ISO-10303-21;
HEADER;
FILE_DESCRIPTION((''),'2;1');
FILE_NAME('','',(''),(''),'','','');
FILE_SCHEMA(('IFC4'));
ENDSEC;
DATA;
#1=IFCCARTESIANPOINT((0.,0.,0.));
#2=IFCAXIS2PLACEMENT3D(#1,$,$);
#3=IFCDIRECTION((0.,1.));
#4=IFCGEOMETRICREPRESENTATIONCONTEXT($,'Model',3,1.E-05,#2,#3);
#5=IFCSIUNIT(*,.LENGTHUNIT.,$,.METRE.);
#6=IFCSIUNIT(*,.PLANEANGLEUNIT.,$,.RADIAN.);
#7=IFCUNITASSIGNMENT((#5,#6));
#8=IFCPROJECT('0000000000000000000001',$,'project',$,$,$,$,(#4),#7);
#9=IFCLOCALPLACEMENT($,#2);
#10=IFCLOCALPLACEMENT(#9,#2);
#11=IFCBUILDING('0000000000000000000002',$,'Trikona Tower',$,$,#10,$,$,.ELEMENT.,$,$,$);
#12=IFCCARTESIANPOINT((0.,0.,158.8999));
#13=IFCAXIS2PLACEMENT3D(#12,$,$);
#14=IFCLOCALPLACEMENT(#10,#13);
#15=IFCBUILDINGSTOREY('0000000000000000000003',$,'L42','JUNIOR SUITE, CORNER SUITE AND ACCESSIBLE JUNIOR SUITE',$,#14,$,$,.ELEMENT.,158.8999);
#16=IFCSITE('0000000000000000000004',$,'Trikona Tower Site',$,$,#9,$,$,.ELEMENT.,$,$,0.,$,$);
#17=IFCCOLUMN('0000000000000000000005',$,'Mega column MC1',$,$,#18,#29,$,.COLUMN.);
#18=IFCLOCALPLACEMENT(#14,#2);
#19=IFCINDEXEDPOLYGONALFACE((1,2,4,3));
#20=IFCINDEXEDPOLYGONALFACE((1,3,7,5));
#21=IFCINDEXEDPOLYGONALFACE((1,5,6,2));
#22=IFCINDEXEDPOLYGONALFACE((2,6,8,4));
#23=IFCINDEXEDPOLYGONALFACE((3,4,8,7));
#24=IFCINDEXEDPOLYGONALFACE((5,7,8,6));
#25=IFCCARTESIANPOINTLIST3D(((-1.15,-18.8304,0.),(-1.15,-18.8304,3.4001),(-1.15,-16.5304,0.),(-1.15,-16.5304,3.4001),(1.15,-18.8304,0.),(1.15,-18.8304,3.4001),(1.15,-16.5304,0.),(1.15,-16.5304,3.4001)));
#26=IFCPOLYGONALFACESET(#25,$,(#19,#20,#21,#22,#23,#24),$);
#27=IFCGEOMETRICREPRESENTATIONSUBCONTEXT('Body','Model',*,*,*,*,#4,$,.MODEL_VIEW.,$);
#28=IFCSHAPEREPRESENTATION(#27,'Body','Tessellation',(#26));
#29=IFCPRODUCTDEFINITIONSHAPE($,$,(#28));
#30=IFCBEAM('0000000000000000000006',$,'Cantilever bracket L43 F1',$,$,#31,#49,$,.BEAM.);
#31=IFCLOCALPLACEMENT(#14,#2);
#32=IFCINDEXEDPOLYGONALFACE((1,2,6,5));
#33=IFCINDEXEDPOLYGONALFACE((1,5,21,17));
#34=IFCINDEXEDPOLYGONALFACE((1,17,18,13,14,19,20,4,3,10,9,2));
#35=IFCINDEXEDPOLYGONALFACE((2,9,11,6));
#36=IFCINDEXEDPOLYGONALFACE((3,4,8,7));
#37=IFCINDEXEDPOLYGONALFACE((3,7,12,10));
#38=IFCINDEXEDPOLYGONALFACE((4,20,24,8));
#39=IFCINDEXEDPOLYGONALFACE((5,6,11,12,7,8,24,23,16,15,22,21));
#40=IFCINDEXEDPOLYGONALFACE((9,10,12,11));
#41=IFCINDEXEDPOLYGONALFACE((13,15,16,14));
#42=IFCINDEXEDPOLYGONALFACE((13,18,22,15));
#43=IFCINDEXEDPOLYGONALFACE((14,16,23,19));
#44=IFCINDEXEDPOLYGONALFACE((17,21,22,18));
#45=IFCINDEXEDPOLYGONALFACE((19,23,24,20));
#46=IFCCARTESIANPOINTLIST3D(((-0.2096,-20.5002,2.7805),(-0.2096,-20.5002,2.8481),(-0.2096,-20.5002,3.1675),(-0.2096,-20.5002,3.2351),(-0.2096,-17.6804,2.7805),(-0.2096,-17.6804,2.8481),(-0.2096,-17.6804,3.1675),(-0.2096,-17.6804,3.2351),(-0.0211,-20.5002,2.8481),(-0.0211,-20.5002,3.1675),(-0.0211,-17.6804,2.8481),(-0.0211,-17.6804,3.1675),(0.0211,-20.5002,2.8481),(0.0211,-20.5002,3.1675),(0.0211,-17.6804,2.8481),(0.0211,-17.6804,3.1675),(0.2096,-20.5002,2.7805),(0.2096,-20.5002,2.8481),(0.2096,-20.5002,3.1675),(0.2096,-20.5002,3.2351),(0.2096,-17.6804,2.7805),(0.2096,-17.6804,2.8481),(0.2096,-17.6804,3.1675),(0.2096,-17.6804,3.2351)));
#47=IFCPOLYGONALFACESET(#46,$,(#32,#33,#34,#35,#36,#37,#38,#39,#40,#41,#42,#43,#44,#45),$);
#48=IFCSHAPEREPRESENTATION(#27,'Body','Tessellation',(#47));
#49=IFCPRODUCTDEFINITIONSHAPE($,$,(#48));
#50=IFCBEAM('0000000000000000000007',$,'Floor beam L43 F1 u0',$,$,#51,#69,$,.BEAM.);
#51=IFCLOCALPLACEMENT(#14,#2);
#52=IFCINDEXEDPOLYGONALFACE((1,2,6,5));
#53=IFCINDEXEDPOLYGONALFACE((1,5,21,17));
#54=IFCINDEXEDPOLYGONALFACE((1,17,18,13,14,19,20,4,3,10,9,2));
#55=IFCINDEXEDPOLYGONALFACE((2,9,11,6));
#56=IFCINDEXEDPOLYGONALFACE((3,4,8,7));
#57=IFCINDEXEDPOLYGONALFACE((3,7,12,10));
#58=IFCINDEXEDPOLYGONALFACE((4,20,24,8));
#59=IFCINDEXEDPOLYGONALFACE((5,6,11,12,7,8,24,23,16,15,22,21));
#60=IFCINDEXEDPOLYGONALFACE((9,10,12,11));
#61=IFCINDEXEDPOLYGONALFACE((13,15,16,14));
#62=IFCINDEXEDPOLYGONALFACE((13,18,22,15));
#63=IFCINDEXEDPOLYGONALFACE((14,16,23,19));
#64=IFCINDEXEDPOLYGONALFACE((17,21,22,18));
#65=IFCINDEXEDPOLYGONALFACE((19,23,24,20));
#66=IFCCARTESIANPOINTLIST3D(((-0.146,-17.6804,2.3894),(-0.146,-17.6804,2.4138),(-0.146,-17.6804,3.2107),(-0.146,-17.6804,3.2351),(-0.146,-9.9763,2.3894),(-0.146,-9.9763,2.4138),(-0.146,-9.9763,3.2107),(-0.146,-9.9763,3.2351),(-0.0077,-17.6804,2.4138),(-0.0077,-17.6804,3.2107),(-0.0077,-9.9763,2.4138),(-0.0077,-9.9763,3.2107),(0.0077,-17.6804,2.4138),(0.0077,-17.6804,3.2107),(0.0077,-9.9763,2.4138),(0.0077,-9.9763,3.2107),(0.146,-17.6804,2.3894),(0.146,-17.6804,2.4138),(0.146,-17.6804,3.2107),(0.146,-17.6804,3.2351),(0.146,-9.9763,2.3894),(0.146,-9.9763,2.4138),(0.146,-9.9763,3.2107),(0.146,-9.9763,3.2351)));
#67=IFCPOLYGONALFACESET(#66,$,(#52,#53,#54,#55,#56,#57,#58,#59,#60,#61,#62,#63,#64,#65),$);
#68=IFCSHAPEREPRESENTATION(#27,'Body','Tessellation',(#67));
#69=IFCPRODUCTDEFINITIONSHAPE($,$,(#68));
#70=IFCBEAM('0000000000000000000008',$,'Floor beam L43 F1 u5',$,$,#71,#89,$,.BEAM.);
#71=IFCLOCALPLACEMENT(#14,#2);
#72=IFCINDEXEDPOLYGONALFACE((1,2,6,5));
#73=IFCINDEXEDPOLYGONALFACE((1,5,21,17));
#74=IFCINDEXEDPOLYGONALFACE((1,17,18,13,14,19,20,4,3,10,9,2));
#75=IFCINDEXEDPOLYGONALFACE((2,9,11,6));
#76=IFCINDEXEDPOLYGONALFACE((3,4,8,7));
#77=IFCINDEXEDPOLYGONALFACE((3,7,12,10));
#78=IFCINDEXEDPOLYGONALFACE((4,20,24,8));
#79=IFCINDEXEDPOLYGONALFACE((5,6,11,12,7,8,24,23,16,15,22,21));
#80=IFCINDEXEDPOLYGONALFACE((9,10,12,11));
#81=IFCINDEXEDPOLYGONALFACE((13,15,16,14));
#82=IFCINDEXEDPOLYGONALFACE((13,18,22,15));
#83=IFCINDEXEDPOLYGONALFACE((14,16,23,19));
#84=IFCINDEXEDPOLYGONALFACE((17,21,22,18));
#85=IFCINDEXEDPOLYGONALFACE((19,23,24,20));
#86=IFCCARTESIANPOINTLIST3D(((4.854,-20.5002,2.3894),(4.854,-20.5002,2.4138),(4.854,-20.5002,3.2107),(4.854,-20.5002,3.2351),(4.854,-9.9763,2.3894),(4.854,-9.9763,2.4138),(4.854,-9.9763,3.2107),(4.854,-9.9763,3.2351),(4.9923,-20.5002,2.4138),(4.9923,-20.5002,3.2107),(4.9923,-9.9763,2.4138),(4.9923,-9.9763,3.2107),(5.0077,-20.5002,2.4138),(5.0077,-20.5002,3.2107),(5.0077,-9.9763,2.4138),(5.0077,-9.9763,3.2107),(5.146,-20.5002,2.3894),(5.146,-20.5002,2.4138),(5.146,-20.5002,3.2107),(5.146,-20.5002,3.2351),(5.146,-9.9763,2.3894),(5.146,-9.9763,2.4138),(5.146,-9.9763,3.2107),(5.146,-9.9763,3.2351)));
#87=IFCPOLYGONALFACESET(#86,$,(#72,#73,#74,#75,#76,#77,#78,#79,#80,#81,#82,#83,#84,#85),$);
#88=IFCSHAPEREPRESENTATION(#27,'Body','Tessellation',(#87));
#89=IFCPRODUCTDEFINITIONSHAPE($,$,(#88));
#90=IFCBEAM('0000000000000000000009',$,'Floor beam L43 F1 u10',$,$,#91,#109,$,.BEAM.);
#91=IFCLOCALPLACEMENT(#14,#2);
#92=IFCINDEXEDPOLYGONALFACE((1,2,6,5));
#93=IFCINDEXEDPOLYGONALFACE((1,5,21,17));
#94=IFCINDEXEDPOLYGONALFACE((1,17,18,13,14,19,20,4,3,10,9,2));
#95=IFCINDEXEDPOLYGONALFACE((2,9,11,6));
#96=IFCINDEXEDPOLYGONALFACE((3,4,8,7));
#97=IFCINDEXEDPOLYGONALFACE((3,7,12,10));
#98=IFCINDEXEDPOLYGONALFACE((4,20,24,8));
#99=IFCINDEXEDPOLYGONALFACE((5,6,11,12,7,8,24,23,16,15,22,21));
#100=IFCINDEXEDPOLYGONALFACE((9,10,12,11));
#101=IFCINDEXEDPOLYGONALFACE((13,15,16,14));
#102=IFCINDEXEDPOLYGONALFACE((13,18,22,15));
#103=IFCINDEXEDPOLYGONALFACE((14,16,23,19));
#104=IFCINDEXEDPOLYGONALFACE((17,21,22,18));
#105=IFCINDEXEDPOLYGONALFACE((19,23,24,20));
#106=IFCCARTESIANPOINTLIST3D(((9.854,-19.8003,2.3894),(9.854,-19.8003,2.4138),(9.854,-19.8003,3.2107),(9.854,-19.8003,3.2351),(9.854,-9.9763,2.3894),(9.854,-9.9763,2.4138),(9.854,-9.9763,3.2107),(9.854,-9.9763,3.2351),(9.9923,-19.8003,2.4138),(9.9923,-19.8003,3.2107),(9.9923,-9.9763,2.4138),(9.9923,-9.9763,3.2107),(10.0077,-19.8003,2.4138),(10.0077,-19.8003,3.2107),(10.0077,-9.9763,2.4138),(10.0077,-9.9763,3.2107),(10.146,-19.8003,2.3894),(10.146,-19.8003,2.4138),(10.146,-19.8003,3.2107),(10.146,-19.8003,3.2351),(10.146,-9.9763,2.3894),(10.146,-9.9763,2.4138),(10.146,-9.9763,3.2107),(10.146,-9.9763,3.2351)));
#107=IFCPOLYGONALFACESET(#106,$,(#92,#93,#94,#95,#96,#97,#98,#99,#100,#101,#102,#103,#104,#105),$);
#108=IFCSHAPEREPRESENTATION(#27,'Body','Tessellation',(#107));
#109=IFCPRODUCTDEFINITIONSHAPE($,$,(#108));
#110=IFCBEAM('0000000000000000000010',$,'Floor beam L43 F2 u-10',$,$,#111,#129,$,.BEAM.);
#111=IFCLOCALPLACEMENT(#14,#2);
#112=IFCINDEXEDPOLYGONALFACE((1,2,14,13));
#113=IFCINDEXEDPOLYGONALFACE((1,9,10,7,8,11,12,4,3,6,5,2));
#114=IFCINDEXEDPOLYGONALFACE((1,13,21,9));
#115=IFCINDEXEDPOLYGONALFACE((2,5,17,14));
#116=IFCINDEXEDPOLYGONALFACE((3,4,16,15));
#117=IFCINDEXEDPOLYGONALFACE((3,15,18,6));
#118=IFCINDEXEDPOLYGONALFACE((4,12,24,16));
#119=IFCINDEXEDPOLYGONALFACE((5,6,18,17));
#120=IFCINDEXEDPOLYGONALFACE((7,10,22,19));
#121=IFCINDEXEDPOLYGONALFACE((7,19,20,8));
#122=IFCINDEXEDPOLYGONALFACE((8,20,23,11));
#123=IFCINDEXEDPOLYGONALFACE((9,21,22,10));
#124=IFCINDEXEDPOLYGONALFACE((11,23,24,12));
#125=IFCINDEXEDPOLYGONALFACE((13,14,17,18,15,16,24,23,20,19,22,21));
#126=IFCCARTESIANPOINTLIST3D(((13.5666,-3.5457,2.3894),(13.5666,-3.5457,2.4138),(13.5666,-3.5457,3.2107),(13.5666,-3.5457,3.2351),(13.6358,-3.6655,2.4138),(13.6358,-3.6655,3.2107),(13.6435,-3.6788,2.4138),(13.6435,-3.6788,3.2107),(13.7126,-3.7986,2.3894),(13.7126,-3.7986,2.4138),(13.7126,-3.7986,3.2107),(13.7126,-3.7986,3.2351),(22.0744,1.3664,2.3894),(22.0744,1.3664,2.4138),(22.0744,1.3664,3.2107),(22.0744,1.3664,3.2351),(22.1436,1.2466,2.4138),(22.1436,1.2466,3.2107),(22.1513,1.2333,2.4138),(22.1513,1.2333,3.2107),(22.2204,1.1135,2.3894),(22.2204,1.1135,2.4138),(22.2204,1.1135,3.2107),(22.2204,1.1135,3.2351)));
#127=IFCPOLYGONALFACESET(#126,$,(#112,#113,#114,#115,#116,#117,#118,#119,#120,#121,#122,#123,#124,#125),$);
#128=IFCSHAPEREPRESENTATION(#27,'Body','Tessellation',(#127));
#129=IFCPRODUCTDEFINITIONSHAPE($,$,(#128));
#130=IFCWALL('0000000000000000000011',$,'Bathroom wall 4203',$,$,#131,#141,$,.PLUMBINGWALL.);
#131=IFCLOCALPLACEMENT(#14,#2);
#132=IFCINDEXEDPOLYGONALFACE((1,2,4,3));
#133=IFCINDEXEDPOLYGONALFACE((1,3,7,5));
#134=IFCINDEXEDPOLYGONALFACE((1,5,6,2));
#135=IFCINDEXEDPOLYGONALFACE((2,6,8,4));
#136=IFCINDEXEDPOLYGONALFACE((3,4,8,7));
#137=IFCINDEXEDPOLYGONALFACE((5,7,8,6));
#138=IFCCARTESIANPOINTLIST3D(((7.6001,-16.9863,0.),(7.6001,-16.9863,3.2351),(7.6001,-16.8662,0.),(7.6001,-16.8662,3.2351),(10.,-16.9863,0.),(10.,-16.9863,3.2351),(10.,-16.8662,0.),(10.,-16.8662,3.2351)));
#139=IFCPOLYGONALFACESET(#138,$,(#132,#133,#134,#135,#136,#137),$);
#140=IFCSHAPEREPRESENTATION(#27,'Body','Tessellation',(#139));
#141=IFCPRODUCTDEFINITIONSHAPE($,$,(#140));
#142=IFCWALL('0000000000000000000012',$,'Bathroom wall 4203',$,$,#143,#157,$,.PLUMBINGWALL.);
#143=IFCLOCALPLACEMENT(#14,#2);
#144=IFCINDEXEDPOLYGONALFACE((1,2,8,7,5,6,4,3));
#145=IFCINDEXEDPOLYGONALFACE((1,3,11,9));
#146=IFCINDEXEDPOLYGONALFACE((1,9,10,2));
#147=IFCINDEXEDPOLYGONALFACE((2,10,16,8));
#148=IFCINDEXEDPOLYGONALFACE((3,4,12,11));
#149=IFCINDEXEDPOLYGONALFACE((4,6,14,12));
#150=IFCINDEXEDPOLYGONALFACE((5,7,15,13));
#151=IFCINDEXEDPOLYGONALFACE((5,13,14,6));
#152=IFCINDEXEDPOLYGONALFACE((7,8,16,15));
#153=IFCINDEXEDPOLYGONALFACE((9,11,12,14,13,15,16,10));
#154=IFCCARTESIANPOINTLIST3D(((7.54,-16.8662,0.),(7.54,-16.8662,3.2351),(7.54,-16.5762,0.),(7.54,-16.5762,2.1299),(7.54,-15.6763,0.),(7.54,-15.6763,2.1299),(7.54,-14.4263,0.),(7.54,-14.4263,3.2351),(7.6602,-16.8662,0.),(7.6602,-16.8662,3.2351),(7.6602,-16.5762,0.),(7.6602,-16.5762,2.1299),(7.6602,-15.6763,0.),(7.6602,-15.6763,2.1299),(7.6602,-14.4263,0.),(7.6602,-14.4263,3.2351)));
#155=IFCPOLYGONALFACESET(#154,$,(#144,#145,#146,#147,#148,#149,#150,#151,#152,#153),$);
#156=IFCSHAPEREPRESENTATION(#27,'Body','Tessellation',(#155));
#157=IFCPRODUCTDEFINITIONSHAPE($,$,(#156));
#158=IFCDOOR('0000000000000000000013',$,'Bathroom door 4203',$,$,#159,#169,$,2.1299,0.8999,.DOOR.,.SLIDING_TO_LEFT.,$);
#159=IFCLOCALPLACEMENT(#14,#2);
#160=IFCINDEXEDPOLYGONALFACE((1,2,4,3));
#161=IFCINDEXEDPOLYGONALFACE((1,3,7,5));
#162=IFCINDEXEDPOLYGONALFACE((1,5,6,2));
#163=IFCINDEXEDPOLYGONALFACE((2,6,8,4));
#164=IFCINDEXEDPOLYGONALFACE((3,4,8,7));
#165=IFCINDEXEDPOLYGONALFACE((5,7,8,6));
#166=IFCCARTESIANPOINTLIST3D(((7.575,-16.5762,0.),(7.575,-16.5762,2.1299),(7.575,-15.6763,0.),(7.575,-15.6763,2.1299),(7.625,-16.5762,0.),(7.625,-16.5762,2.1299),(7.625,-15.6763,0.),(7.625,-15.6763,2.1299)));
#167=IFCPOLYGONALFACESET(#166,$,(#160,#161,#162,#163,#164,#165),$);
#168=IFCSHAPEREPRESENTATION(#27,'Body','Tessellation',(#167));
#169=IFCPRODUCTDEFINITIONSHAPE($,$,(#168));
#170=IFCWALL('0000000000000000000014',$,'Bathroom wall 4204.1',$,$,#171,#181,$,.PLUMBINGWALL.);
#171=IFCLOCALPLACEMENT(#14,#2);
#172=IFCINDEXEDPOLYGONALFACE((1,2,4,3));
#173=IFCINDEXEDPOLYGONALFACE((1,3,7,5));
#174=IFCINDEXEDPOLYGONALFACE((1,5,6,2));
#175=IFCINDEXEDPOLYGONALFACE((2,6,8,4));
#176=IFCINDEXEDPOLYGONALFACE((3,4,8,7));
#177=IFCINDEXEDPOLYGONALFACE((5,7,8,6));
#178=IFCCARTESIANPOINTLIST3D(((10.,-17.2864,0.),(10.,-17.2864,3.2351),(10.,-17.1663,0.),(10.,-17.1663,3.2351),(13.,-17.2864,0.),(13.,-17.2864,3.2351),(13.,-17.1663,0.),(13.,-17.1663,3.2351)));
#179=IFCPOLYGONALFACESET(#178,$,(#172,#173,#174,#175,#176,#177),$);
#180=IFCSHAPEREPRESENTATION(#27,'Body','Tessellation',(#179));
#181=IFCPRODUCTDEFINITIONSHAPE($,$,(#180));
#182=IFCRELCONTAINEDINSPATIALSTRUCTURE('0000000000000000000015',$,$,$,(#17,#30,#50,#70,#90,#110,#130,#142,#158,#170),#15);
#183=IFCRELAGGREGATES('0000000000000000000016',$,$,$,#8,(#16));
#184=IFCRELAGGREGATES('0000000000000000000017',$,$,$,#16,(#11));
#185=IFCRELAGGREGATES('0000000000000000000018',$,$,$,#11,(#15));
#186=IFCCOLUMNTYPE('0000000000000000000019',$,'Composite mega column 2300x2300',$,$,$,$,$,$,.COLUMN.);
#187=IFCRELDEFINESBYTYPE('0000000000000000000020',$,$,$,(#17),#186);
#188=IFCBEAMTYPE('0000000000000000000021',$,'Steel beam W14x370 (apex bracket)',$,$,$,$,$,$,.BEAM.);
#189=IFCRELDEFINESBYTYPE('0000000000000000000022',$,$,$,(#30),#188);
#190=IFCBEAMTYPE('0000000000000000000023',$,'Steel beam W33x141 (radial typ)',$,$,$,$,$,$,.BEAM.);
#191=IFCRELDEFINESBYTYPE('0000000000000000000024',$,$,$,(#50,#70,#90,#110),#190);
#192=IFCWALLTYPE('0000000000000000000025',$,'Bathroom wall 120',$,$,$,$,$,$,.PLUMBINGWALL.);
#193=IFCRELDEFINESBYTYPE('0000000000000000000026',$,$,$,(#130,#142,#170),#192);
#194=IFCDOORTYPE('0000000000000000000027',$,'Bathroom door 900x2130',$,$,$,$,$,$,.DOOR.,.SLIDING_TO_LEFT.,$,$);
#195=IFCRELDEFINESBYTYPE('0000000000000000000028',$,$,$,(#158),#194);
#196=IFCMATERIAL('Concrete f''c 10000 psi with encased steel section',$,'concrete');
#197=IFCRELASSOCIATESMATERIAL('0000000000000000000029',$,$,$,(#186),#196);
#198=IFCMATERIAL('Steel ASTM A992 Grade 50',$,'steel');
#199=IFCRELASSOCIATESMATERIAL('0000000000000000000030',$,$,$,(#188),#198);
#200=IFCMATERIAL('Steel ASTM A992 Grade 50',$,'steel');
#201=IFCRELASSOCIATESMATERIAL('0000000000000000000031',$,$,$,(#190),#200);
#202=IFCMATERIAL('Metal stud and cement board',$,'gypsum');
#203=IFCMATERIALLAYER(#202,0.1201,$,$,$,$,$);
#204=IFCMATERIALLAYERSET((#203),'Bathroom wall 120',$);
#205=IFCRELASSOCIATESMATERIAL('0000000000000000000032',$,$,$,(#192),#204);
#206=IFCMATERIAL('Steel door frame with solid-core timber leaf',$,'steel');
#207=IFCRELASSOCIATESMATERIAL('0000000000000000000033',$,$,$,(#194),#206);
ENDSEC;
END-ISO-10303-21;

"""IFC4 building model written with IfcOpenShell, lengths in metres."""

from ifc_helpers import new_model, si_unit, direction, frame, frame_2d, origin, origin_2d, place, context, subcontext, project, spatial, rectangle, i_section, extrude, material, layer, layer_set, material_profile, profile_set, type_object, element, fill, save


model = new_model("IFC4")

# Units and contexts
model_context = context("Model", 3, precision=1e-05, world=origin(), true_north=direction((0.0, 1.0)))
body_context = subcontext(model_context, "Body", "Model", "MODEL_VIEW")
ifc_project = project(units=[si_unit("LENGTHUNIT", "METRE"), si_unit("PLANEANGLEUNIT", "RADIAN")], contexts=[model_context])

# Site, building, storey
site_placement = place(None, origin())
site = spatial("IfcSite", under=ifc_project, at=site_placement, Name="Trikona Tower Site", CompositionType="ELEMENT", RefElevation=0.0)
building_placement = place(site_placement, origin())
building = spatial("IfcBuilding", under=site, at=building_placement, Name="Trikona Tower", CompositionType="ELEMENT")
storey_placement = place(building_placement, frame((0.0, 0.0, 158.8999)))
storey = spatial("IfcBuildingStorey", under=building, at=storey_placement, Name="L42", Description="JUNIOR SUITE, CORNER SUITE AND ACCESSIBLE JUNIOR SUITE", CompositionType="ELEMENT", Elevation=158.8999)

# Column
ifc_material_1 = material(Name="Concrete f'c 10000 psi with encased steel section", Category="concrete")
ifc_material_profile_1 = material_profile(ifc_material_1, rectangle(XDim=2.3, YDim=2.3, at=origin_2d()), Name="MC2300")
ifc_profile_set_1 = profile_set([ifc_material_profile_1], Name="Concrete f'c 10000 psi with encased steel section")
column_type = type_object("IfcColumnType", Name="Composite mega column 2300x2300", PredefinedType="COLUMN", material=ifc_profile_set_1)
column_placement = place(storey_placement, frame((0.0, -17.6804, 0.0), z_axis=(0.0, 0.0, 1.0), x_axis=(0.0, -1.0, 0.0)))
element("IfcColumn", 1, at=column_placement, inside=storey, type_object=column_type, Name="Mega column MC1", PredefinedType="COLUMN", context=body_context, shape_type="SweptSolid", body=[
    extrude(rectangle(XDim=2.3, YDim=2.3, at=origin_2d()), origin(), (0.0, 0.0, 1.0), 3.4001),
])

# Beams
ifc_material_2 = material(Name="Steel ASTM A992 Grade 50", Category="steel")
ifc_material_profile_2 = material_profile(ifc_material_2, i_section(OverallWidth=0.4192, OverallDepth=0.4546, WebThickness=0.0422, FlangeThickness=0.0676, at=origin_2d()), Name="W14X370")
ifc_profile_set_2 = profile_set([ifc_material_profile_2], Name="Steel ASTM A992 Grade 50")
beam_type_1 = type_object("IfcBeamType", Name="Steel beam W14x370 (apex bracket)", PredefinedType="BEAM", material=ifc_profile_set_2)
beam_1_placement = place(storey_placement, frame((0.0, -17.6804, 3.0078), z_axis=(0.0, -1.0, 0.0), x_axis=(1.0, 0.0, 0.0)))
element("IfcBeam", 2, at=beam_1_placement, inside=storey, type_object=beam_type_1, Name="Cantilever bracket L43 F1", PredefinedType="BEAM", context=body_context, shape_type="SweptSolid", body=[
    extrude(i_section(OverallWidth=0.4192, OverallDepth=0.4546, WebThickness=0.0422, FlangeThickness=0.0676, at=origin_2d()), origin(), (0.0, 0.0, 1.0), 2.8198),
])
ifc_material_3 = material(Name="Steel ASTM A992 Grade 50", Category="steel")
ifc_material_profile_3 = material_profile(ifc_material_3, i_section(OverallWidth=0.292, OverallDepth=0.8457, WebThickness=0.0154, FlangeThickness=0.0244, at=origin_2d()), Name="W33X141")
ifc_profile_set_3 = profile_set([ifc_material_profile_3], Name="Steel ASTM A992 Grade 50")
beam_type_2 = type_object("IfcBeamType", Name="Steel beam W33x141 (radial typ)", PredefinedType="BEAM", material=ifc_profile_set_3)
beam_2_placement = place(storey_placement, frame((0.0, -9.9763, 2.8123), z_axis=(0.0, -1.0, 0.0), x_axis=(1.0, 0.0, 0.0)))
element("IfcBeam", 3, at=beam_2_placement, inside=storey, type_object=beam_type_2, Name="Floor beam L43 F1 u0", PredefinedType="BEAM", context=body_context, shape_type="SweptSolid", body=[
    extrude(i_section(OverallWidth=0.292, OverallDepth=0.8457, WebThickness=0.0154, FlangeThickness=0.0244, at=origin_2d()), origin(), (0.0, 0.0, 1.0), 7.7041),
])
beam_3_placement = place(storey_placement, frame((5.0, -9.9763, 2.8123), z_axis=(0.0, -1.0, 0.0), x_axis=(1.0, 0.0, 0.0)))
element("IfcBeam", 4, at=beam_3_placement, inside=storey, type_object=beam_type_2, Name="Floor beam L43 F1 u5", PredefinedType="BEAM", context=body_context, shape_type="SweptSolid", body=[
    extrude(i_section(OverallWidth=0.292, OverallDepth=0.8457, WebThickness=0.0154, FlangeThickness=0.0244, at=origin_2d()), origin(), (0.0, 0.0, 1.0), 10.5239),
])
for number, where, z_axis, x_axis, name in (
    (5, (10.0, -9.9763, 2.8123), (0.0, -1.0, 0.0), (1.0, 0.0, 0.0), "Floor beam L43 F1 u10"),
    (6, (13.6396, -3.6721, 2.8123), (0.86602, 0.500009, 0.0), (-0.500009, 0.86602, 0.0), "Floor beam L43 F2 u-10"),
):
    element("IfcBeam", number, at=place(storey_placement, frame(where, z_axis=z_axis, x_axis=x_axis)), inside=storey, type_object=beam_type_2, Name=name, PredefinedType="BEAM", context=body_context, shape_type="SweptSolid", body=[
        extrude(i_section(OverallWidth=0.292, OverallDepth=0.8457, WebThickness=0.0154, FlangeThickness=0.0244, at=origin_2d()), origin(), (0.0, 0.0, 1.0), 9.824),
    ])

# Wall
ifc_material_4 = material(Name="Metal stud and cement board", Category="gypsum")
ifc_layer_1 = layer(ifc_material_4, 0.1201)
ifc_layer_set_1 = layer_set([ifc_layer_1], Name="Bathroom wall 120")
wall_type_1 = type_object("IfcWallType", Name="Bathroom wall 120", PredefinedType="PLUMBINGWALL", material=ifc_layer_set_1)
wall_1_placement = place(storey_placement, frame((7.6001, -16.9263, 0.0), z_axis=(0.0, 0.0, 1.0), x_axis=(1.0, 0.0, 0.0)))
element("IfcWall", 7, at=wall_1_placement, inside=storey, type_object=wall_type_1, Name="Bathroom wall 4203", PredefinedType="PLUMBINGWALL", context=body_context, shape_type="SweptSolid", body=[
    extrude(rectangle(XDim=2.3999, YDim=0.1201, at=frame_2d((1.2, 0.0))), origin(), (0.0, 0.0, 1.0), 3.2351),
])

# Wall, opening, door
wall_2_placement = place(storey_placement, frame((7.6001, -14.4263, 0.0), z_axis=(0.0, 0.0, 1.0), x_axis=(0.0, -1.0, 0.0)))
wall_2 = element("IfcWall", 8, at=wall_2_placement, inside=storey, type_object=wall_type_1, Name="Bathroom wall 4203", PredefinedType="PLUMBINGWALL", context=body_context, shape_type="SweptSolid", body=[
    extrude(rectangle(XDim=2.4399, YDim=0.1201, at=frame_2d((1.22, 0.0))), origin(), (0.0, 0.0, 1.0), 3.2351),
])
opening_1_placement = place(wall_2_placement, frame((1.25, 0.0, 0.0)))
opening_1 = element("IfcOpeningElement", 9, at=opening_1_placement, cuts=wall_2, PredefinedType="OPENING", context=body_context, shape_type="SweptSolid", body=[
    extrude(rectangle(XDim=0.8999, YDim=2.1299, at=frame_2d((0.45, 1.0649))), frame((0.0, 0.0701, 0.0), z_axis=(0.0, -1.0, 0.0), x_axis=(1.0, 0.0, 0.0)), (0.0, 0.0, 1.0), 0.1401),
])
ifc_material_5 = material(Name="Steel door frame with solid-core timber leaf", Category="steel")
door_type_1 = type_object("IfcDoorType", Name="Bathroom door 900x2130", OperationType="SLIDING_TO_LEFT", PredefinedType="DOOR", material=ifc_material_5)
door_1_placement = place(opening_1_placement, origin())
door_1 = element("IfcDoor", 10, at=door_1_placement, inside=storey, type_object=door_type_1, Name="Bathroom door 4203", OperationType="SLIDING_TO_LEFT", OverallHeight=2.1299, OverallWidth=0.8999, PredefinedType="DOOR", context=body_context, shape_type="SweptSolid", body=[
    extrude(rectangle(XDim=0.8999, YDim=2.1299, at=frame_2d((0.45, 1.0649))), frame((0.0, 0.0249, 0.0), z_axis=(0.0, -1.0, 0.0), x_axis=(1.0, 0.0, 0.0)), (0.0, 0.0, 1.0), 0.05),
])
fill(opening_1, door_1)

# Wall
wall_3_placement = place(storey_placement, frame((10.0, -17.2263, 0.0), z_axis=(0.0, 0.0, 1.0), x_axis=(1.0, 0.0, 0.0)))
element("IfcWall", 11, at=wall_3_placement, inside=storey, type_object=wall_type_1, Name="Bathroom wall 4204.1", PredefinedType="PLUMBINGWALL", context=body_context, shape_type="SweptSolid", body=[
    extrude(rectangle(XDim=3.0, YDim=0.1201, at=frame_2d((1.5, 0.0))), origin(), (0.0, 0.0, 1.0), 3.2351),
])

save(model, "model.ifc")
